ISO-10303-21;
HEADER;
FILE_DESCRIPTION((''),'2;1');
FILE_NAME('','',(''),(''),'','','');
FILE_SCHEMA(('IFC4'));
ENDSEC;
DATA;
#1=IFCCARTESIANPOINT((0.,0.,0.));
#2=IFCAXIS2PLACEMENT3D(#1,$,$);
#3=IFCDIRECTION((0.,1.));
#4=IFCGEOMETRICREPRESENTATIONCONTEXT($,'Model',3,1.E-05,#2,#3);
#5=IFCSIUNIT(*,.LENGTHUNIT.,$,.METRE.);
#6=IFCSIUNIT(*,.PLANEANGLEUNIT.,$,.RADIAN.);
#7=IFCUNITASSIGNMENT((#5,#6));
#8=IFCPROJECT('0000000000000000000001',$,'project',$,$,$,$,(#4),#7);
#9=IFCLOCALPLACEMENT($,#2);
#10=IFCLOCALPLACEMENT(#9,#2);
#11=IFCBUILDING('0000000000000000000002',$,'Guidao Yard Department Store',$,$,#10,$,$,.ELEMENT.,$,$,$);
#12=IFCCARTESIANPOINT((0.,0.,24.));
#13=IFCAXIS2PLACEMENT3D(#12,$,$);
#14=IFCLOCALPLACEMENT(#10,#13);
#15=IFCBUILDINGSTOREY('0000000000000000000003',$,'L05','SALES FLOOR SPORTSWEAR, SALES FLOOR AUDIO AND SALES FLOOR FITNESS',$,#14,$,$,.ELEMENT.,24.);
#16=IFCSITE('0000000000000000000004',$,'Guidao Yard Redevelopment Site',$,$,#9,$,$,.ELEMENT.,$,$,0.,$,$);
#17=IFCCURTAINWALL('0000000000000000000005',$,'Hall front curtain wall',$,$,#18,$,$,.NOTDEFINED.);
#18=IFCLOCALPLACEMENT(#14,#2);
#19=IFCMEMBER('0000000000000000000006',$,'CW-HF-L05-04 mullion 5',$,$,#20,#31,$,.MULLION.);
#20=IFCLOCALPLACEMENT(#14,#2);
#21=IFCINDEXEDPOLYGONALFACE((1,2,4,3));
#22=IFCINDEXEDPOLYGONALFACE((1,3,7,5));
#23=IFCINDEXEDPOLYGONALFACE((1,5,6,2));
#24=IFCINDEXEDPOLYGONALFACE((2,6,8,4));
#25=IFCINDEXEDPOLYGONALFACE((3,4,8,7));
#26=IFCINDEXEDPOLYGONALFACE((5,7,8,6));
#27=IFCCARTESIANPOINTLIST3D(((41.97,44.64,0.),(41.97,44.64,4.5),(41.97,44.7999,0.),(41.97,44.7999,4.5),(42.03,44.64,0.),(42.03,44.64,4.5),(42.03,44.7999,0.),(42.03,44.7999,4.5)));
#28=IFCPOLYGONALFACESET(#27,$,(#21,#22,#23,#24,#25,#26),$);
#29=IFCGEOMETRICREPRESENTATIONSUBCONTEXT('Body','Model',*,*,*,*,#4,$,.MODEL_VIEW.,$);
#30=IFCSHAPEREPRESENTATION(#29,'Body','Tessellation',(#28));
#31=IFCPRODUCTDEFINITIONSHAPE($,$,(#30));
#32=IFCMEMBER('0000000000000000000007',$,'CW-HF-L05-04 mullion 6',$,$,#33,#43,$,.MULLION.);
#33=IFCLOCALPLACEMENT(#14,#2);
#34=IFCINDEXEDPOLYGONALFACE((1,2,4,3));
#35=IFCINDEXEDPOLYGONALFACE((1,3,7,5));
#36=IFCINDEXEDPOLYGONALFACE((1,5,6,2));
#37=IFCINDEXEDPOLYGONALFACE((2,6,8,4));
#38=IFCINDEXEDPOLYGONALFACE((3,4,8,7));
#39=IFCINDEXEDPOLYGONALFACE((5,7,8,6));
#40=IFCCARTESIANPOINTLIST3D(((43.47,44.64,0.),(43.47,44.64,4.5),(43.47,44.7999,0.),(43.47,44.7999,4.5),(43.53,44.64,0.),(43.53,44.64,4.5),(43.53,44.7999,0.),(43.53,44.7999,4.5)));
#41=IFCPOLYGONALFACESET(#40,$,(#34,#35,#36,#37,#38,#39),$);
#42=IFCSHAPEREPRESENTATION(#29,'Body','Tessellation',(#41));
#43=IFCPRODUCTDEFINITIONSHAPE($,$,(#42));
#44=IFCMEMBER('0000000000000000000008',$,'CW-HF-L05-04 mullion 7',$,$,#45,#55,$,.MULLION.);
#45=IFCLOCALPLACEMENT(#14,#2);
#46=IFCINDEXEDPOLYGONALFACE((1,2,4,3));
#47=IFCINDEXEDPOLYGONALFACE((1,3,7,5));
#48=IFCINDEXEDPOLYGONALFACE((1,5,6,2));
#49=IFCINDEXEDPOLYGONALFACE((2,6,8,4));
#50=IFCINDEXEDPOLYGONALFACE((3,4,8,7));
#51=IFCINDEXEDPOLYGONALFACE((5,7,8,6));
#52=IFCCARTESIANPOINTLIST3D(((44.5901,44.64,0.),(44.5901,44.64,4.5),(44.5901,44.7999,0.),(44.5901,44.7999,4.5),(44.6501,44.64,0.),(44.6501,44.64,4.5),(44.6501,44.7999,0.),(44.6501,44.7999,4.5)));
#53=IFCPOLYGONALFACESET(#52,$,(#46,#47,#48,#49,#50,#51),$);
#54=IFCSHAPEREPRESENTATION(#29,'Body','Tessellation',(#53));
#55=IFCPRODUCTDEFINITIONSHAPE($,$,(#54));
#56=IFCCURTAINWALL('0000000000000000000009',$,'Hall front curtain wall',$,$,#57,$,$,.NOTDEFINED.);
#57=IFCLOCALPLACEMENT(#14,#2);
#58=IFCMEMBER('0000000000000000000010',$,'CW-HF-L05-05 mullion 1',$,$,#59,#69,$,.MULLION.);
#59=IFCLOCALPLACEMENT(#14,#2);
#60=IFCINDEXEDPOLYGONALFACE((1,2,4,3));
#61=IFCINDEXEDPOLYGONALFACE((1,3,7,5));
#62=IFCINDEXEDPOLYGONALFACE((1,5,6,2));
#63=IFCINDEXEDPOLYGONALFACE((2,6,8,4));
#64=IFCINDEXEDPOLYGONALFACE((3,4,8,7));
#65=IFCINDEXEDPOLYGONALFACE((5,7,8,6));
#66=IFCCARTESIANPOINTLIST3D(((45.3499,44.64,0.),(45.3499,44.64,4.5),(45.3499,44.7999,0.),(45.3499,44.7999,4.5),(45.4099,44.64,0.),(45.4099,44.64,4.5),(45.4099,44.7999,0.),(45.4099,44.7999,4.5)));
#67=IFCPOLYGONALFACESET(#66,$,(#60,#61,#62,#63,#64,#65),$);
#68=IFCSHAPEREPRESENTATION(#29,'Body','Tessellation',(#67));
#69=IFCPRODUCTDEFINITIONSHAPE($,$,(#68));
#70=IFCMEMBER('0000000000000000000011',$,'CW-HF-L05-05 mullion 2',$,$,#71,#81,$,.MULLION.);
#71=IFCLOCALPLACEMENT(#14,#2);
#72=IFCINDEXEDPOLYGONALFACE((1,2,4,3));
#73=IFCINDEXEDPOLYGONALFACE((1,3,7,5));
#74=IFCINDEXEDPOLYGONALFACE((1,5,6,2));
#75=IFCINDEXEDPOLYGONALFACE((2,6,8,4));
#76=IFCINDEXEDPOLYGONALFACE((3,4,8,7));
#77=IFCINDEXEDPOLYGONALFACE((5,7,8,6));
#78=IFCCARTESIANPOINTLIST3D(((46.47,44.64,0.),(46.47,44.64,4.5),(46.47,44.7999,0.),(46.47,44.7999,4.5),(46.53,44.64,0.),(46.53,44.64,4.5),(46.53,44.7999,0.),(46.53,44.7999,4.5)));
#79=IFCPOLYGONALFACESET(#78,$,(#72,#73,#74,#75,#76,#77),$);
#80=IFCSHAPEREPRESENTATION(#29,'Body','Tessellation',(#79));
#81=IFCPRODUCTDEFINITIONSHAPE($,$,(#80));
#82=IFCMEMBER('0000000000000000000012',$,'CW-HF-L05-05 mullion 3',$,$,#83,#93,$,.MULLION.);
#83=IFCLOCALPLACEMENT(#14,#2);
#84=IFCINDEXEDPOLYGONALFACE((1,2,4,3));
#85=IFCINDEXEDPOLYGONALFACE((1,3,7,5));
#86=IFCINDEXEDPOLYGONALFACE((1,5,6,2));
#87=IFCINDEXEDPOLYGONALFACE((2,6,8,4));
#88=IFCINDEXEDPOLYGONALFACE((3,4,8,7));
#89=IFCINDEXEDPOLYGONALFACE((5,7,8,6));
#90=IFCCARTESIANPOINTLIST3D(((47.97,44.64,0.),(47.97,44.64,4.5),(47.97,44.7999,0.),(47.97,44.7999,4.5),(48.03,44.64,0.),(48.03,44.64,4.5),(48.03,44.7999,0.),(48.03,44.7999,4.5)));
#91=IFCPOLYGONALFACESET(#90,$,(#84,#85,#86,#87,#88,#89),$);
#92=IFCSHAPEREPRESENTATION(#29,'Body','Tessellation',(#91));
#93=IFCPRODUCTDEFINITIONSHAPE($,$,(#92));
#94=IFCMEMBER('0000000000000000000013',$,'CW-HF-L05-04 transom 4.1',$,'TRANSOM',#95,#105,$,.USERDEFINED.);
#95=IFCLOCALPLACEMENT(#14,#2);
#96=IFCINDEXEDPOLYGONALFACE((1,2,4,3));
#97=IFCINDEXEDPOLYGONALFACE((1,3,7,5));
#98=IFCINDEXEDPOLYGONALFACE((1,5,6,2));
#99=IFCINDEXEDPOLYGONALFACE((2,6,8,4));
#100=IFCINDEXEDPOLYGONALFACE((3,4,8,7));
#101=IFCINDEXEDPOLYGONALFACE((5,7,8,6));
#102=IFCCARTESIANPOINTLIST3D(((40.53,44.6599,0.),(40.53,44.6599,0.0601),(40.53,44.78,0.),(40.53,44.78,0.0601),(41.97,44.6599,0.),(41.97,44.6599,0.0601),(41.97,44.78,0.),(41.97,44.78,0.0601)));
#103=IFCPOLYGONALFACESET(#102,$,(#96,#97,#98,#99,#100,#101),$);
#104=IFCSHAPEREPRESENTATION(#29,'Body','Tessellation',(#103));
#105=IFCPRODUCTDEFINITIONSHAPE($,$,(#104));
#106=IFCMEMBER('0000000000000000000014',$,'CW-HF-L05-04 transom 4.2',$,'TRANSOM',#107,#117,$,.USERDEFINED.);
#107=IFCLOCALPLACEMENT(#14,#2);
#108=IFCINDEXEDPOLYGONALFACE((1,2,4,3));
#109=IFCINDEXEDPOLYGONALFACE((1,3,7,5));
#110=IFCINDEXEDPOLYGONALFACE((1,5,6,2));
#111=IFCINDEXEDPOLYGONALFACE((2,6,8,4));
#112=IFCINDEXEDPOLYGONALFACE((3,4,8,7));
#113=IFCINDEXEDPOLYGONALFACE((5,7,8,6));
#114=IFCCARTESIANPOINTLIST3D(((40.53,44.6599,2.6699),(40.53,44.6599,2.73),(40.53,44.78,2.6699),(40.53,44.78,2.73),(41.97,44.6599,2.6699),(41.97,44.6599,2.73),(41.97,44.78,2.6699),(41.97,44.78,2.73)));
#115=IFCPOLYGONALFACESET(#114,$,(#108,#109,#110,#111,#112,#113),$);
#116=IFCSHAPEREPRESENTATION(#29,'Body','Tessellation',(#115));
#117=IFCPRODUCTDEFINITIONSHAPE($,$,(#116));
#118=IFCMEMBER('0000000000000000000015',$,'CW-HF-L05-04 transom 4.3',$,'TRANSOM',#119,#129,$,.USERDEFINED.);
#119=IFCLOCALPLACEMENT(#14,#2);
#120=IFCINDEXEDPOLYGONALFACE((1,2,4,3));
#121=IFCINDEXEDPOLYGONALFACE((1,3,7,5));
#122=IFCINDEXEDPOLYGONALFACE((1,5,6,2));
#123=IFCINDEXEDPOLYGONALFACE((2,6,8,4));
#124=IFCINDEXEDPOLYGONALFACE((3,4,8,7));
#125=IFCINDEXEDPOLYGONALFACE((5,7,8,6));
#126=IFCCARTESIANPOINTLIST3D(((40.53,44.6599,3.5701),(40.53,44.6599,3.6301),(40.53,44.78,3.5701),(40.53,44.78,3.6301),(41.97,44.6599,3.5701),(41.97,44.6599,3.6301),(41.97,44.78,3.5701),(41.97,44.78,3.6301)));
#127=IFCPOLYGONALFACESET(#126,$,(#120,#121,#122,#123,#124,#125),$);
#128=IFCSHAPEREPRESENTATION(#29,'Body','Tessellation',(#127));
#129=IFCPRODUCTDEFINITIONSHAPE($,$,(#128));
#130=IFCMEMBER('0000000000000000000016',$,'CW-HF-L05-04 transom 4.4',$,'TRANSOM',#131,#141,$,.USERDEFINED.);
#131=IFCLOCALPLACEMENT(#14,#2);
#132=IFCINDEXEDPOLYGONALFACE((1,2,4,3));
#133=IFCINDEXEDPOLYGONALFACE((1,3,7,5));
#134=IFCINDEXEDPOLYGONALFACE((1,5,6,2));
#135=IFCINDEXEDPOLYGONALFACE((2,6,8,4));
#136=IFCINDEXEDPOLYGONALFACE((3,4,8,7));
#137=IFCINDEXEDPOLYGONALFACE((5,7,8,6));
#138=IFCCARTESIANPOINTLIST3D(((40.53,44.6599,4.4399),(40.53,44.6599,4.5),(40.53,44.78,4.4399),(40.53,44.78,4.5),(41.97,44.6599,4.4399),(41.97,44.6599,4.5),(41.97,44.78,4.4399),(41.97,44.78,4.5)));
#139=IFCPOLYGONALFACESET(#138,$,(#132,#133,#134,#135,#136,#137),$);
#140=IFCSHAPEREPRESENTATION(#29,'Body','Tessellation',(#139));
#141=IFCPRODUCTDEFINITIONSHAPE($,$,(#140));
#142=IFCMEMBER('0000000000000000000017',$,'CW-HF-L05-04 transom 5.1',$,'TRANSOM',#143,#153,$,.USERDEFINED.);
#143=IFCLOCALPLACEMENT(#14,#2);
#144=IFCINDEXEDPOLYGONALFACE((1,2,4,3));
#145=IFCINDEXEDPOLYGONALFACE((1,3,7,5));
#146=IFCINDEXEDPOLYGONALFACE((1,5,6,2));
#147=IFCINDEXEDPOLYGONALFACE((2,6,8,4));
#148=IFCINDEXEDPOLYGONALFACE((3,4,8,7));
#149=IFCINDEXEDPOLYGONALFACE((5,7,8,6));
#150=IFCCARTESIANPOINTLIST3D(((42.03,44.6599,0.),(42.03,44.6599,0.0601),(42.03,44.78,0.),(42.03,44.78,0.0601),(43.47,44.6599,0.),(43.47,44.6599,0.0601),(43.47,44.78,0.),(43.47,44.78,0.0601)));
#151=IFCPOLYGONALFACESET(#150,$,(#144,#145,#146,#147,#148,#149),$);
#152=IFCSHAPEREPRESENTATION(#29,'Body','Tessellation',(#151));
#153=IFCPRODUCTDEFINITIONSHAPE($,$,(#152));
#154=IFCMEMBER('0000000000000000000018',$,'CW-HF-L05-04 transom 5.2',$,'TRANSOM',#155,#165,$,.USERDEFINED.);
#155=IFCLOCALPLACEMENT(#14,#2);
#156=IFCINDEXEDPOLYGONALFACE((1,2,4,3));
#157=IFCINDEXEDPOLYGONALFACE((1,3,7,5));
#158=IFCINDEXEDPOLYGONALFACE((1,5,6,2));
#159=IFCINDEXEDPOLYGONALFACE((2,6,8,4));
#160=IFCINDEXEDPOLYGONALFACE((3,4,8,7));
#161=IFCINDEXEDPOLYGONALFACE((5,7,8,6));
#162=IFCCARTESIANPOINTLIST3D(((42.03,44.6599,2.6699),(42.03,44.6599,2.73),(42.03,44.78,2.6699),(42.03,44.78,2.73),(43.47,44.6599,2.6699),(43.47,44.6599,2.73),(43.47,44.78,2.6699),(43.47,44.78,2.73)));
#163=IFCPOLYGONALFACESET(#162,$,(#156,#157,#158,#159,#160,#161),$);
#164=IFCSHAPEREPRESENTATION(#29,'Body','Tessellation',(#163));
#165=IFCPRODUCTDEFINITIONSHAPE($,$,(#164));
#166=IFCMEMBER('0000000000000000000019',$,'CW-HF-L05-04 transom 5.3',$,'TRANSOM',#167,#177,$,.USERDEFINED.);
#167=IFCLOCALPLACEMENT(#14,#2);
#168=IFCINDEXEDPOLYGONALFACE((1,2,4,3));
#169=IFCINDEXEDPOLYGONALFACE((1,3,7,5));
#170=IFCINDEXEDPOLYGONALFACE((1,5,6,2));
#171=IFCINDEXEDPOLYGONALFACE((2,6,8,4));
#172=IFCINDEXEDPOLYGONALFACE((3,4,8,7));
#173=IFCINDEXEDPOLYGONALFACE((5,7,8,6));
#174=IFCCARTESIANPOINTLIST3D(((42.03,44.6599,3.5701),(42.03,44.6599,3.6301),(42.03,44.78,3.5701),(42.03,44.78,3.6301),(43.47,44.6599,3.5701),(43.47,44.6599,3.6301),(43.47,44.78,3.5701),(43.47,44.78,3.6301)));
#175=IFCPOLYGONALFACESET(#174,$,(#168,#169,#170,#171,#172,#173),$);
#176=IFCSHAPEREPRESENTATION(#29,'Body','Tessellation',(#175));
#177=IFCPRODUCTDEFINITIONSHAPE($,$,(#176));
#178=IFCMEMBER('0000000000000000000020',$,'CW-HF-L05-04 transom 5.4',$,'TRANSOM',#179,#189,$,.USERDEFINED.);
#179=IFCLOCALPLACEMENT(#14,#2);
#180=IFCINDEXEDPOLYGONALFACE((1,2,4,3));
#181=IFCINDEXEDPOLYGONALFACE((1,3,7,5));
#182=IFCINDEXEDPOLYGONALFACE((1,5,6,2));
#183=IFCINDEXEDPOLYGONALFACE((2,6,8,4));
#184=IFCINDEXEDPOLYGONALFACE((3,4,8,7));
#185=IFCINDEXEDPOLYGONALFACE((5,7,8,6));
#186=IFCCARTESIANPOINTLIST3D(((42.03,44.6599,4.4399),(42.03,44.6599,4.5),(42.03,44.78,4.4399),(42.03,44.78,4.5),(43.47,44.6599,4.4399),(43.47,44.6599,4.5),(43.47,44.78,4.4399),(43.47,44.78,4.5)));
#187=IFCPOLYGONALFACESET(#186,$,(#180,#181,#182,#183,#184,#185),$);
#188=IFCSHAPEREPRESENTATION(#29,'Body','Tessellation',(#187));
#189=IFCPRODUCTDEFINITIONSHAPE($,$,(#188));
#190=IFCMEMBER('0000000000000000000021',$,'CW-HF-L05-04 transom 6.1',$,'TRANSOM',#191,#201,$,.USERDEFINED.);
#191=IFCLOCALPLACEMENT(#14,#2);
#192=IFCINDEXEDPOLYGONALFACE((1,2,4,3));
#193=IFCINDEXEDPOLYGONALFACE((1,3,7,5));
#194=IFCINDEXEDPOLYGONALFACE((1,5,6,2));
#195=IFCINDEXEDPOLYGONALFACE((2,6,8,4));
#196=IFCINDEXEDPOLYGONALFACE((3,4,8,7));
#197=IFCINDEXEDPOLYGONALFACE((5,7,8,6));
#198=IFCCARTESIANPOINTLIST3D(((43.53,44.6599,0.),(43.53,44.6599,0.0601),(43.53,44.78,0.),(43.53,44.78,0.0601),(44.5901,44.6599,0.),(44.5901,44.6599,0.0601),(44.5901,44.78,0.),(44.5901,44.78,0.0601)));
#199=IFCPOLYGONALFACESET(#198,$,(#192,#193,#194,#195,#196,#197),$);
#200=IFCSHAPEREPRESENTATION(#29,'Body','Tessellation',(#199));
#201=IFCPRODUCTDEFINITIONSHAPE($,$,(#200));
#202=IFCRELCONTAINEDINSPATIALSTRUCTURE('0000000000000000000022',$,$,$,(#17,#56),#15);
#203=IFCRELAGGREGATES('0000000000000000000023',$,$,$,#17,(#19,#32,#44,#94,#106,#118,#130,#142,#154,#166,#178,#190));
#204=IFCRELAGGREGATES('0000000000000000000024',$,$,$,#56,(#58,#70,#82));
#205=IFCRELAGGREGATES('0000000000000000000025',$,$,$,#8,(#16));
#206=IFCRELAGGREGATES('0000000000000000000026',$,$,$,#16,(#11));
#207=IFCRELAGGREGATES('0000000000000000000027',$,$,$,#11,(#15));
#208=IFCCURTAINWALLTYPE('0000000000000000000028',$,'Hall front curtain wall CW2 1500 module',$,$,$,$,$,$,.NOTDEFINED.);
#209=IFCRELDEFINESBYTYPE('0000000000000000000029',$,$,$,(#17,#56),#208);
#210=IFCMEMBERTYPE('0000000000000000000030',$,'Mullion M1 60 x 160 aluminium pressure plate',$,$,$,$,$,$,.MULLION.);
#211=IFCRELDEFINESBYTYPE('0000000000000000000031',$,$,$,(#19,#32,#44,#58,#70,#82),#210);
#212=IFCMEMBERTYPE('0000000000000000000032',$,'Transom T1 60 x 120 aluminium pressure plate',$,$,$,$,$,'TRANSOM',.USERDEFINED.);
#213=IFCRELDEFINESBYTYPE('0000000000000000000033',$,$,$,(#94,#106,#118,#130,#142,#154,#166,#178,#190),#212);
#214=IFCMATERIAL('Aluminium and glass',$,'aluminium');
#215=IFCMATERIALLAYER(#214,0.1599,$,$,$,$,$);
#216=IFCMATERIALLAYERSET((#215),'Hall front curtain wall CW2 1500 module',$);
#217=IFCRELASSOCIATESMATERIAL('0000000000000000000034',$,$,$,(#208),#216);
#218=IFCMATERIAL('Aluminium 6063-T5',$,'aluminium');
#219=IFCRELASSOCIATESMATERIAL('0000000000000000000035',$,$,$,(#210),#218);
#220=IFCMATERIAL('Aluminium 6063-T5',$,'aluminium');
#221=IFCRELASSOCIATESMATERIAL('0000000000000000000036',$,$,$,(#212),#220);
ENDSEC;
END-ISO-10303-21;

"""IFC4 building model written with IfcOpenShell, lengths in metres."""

from ifc_helpers import new_model, si_unit, direction, frame, origin, origin_2d, place, context, subcontext, project, spatial, rectangle, extrude, material, layer, layer_set, material_profile, profile_set, type_object, element, aggregate, save


model = new_model("IFC4")

# Units and contexts
model_context = context("Model", 3, precision=1e-05, world=origin(), true_north=direction((0.0, 1.0)))
body_context = subcontext(model_context, "Body", "Model", "MODEL_VIEW")
ifc_project = project(units=[si_unit("LENGTHUNIT", "METRE"), si_unit("PLANEANGLEUNIT", "RADIAN")], contexts=[model_context])

# Site, building, storey
site_placement = place(None, origin())
site = spatial("IfcSite", under=ifc_project, at=site_placement, Name="Guidao Yard Redevelopment Site", CompositionType="ELEMENT", RefElevation=0.0)
building_placement = place(site_placement, origin())
building = spatial("IfcBuilding", under=site, at=building_placement, Name="Guidao Yard Department Store", CompositionType="ELEMENT")
storey_placement = place(building_placement, frame((0.0, 0.0, 24.0)))
storey = spatial("IfcBuildingStorey", under=building, at=storey_placement, Name="L05", Description="SALES FLOOR SPORTSWEAR, SALES FLOOR AUDIO AND SALES FLOOR FITNESS", CompositionType="ELEMENT", Elevation=24.0)

# Curtain walls, members
ifc_material_1 = material(Name="Aluminium and glass", Category="aluminium")
ifc_layer_1 = layer(ifc_material_1, 0.1599)
ifc_layer_set_1 = layer_set([ifc_layer_1], Name="Hall front curtain wall CW2 1500 module")
curtain_wall_type = type_object("IfcCurtainWallType", Name="Hall front curtain wall CW2 1500 module", PredefinedType="NOTDEFINED", material=ifc_layer_set_1)
curtain_wall_1_placement = place(storey_placement, origin())
curtain_wall_1 = element("IfcCurtainWall", 1, at=curtain_wall_1_placement, inside=storey, type_object=curtain_wall_type, Name="Hall front curtain wall", PredefinedType="NOTDEFINED")
ifc_material_2 = material(Name="Aluminium 6063-T5", Category="aluminium")
ifc_material_profile_1 = material_profile(ifc_material_2, rectangle(XDim=0.0601, YDim=0.1599, at=origin_2d()), Name="Mullion M1 60 x 160 aluminium pressure plate")
ifc_profile_set_1 = profile_set([ifc_material_profile_1], Name="Aluminium 6063-T5")
member_type_1 = type_object("IfcMemberType", Name="Mullion M1 60 x 160 aluminium pressure plate", PredefinedType="MULLION", material=ifc_profile_set_1)
member_1_placement = place(storey_placement, frame((42.0, 44.72, 0.0), z_axis=(0.0, 0.0, 1.0), x_axis=(-1.0, 0.0, 0.0)))
member_1 = element("IfcMember", 2, at=member_1_placement, type_object=member_type_1, Name="CW-HF-L05-04 mullion 5", PredefinedType="MULLION", context=body_context, shape_type="SweptSolid", body=[
    extrude(rectangle(XDim=0.0601, YDim=0.1599, at=origin_2d()), origin(), (0.0, 0.0, 1.0), 4.5),
])
member_2_placement = place(storey_placement, frame((43.5, 44.72, 0.0), z_axis=(0.0, 0.0, 1.0), x_axis=(-1.0, 0.0, 0.0)))
member_2 = element("IfcMember", 3, at=member_2_placement, type_object=member_type_1, Name="CW-HF-L05-04 mullion 6", PredefinedType="MULLION", context=body_context, shape_type="SweptSolid", body=[
    extrude(rectangle(XDim=0.0601, YDim=0.1599, at=origin_2d()), origin(), (0.0, 0.0, 1.0), 4.5),
])
member_3_placement = place(storey_placement, frame((44.6201, 44.72, 0.0), z_axis=(0.0, 0.0, 1.0), x_axis=(-1.0, 0.0, 0.0)))
member_3 = element("IfcMember", 4, at=member_3_placement, type_object=member_type_1, Name="CW-HF-L05-04 mullion 7", PredefinedType="MULLION", context=body_context, shape_type="SweptSolid", body=[
    extrude(rectangle(XDim=0.0601, YDim=0.1599, at=origin_2d()), origin(), (0.0, 0.0, 1.0), 4.5),
])
curtain_wall_2_placement = place(storey_placement, origin())
curtain_wall_2 = element("IfcCurtainWall", 5, at=curtain_wall_2_placement, inside=storey, type_object=curtain_wall_type, Name="Hall front curtain wall", PredefinedType="NOTDEFINED")
member_4_placement = place(storey_placement, frame((45.3799, 44.72, 0.0), z_axis=(0.0, 0.0, 1.0), x_axis=(-1.0, 0.0, 0.0)))
member_4 = element("IfcMember", 6, at=member_4_placement, type_object=member_type_1, Name="CW-HF-L05-05 mullion 1", PredefinedType="MULLION", context=body_context, shape_type="SweptSolid", body=[
    extrude(rectangle(XDim=0.0601, YDim=0.1599, at=origin_2d()), origin(), (0.0, 0.0, 1.0), 4.5),
])
member_5_placement = place(storey_placement, frame((46.5, 44.72, 0.0), z_axis=(0.0, 0.0, 1.0), x_axis=(-1.0, 0.0, 0.0)))
member_5 = element("IfcMember", 7, at=member_5_placement, type_object=member_type_1, Name="CW-HF-L05-05 mullion 2", PredefinedType="MULLION", context=body_context, shape_type="SweptSolid", body=[
    extrude(rectangle(XDim=0.0601, YDim=0.1599, at=origin_2d()), origin(), (0.0, 0.0, 1.0), 4.5),
])
member_6_placement = place(storey_placement, frame((48.0, 44.72, 0.0), z_axis=(0.0, 0.0, 1.0), x_axis=(-1.0, 0.0, 0.0)))
member_6 = element("IfcMember", 8, at=member_6_placement, type_object=member_type_1, Name="CW-HF-L05-05 mullion 3", PredefinedType="MULLION", context=body_context, shape_type="SweptSolid", body=[
    extrude(rectangle(XDim=0.0601, YDim=0.1599, at=origin_2d()), origin(), (0.0, 0.0, 1.0), 4.5),
])

# Members
ifc_material_3 = material(Name="Aluminium 6063-T5", Category="aluminium")
ifc_material_profile_2 = material_profile(ifc_material_3, rectangle(XDim=0.1201, YDim=0.0601, at=origin_2d()), Name="Transom T1 60 x 120 aluminium pressure plate")
ifc_profile_set_2 = profile_set([ifc_material_profile_2], Name="Aluminium 6063-T5")
member_type_2 = type_object("IfcMemberType", Name="Transom T1 60 x 120 aluminium pressure plate", ElementType="TRANSOM", PredefinedType="USERDEFINED", material=ifc_profile_set_2)
member_7_placement = place(storey_placement, frame((41.97, 44.72, 0.03), z_axis=(-1.0, 0.0, 0.0), x_axis=(0.0, -1.0, 0.0)))
member_7 = element("IfcMember", 9, at=member_7_placement, type_object=member_type_2, Name="CW-HF-L05-04 transom 4.1", ObjectType="TRANSOM", PredefinedType="USERDEFINED", context=body_context, shape_type="SweptSolid", body=[
    extrude(rectangle(XDim=0.1201, YDim=0.0601, at=origin_2d()), origin(), (0.0, 0.0, 1.0), 1.4399),
])
member_8_placement = place(storey_placement, frame((41.97, 44.72, 2.7), z_axis=(-1.0, 0.0, 0.0), x_axis=(0.0, -1.0, 0.0)))
member_8 = element("IfcMember", 10, at=member_8_placement, type_object=member_type_2, Name="CW-HF-L05-04 transom 4.2", ObjectType="TRANSOM", PredefinedType="USERDEFINED", context=body_context, shape_type="SweptSolid", body=[
    extrude(rectangle(XDim=0.1201, YDim=0.0601, at=origin_2d()), origin(), (0.0, 0.0, 1.0), 1.4399),
])
member_9_placement = place(storey_placement, frame((41.97, 44.72, 3.6001), z_axis=(-1.0, 0.0, 0.0), x_axis=(0.0, -1.0, 0.0)))
member_9 = element("IfcMember", 11, at=member_9_placement, type_object=member_type_2, Name="CW-HF-L05-04 transom 4.3", ObjectType="TRANSOM", PredefinedType="USERDEFINED", context=body_context, shape_type="SweptSolid", body=[
    extrude(rectangle(XDim=0.1201, YDim=0.0601, at=origin_2d()), origin(), (0.0, 0.0, 1.0), 1.4399),
])
member_10_placement = place(storey_placement, frame((41.97, 44.72, 4.47), z_axis=(-1.0, 0.0, 0.0), x_axis=(0.0, -1.0, 0.0)))
member_10 = element("IfcMember", 12, at=member_10_placement, type_object=member_type_2, Name="CW-HF-L05-04 transom 4.4", ObjectType="TRANSOM", PredefinedType="USERDEFINED", context=body_context, shape_type="SweptSolid", body=[
    extrude(rectangle(XDim=0.1201, YDim=0.0601, at=origin_2d()), origin(), (0.0, 0.0, 1.0), 1.4399),
])
member_11_placement = place(storey_placement, frame((43.47, 44.72, 0.03), z_axis=(-1.0, 0.0, 0.0), x_axis=(0.0, -1.0, 0.0)))
member_11 = element("IfcMember", 13, at=member_11_placement, type_object=member_type_2, Name="CW-HF-L05-04 transom 5.1", ObjectType="TRANSOM", PredefinedType="USERDEFINED", context=body_context, shape_type="SweptSolid", body=[
    extrude(rectangle(XDim=0.1201, YDim=0.0601, at=origin_2d()), origin(), (0.0, 0.0, 1.0), 1.4399),
])
member_12_placement = place(storey_placement, frame((43.47, 44.72, 2.7), z_axis=(-1.0, 0.0, 0.0), x_axis=(0.0, -1.0, 0.0)))
member_12 = element("IfcMember", 14, at=member_12_placement, type_object=member_type_2, Name="CW-HF-L05-04 transom 5.2", ObjectType="TRANSOM", PredefinedType="USERDEFINED", context=body_context, shape_type="SweptSolid", body=[
    extrude(rectangle(XDim=0.1201, YDim=0.0601, at=origin_2d()), origin(), (0.0, 0.0, 1.0), 1.4399),
])
member_13_placement = place(storey_placement, frame((43.47, 44.72, 3.6001), z_axis=(-1.0, 0.0, 0.0), x_axis=(0.0, -1.0, 0.0)))
member_13 = element("IfcMember", 15, at=member_13_placement, type_object=member_type_2, Name="CW-HF-L05-04 transom 5.3", ObjectType="TRANSOM", PredefinedType="USERDEFINED", context=body_context, shape_type="SweptSolid", body=[
    extrude(rectangle(XDim=0.1201, YDim=0.0601, at=origin_2d()), origin(), (0.0, 0.0, 1.0), 1.4399),
])
member_14_placement = place(storey_placement, frame((43.47, 44.72, 4.47), z_axis=(-1.0, 0.0, 0.0), x_axis=(0.0, -1.0, 0.0)))
member_14 = element("IfcMember", 16, at=member_14_placement, type_object=member_type_2, Name="CW-HF-L05-04 transom 5.4", ObjectType="TRANSOM", PredefinedType="USERDEFINED", context=body_context, shape_type="SweptSolid", body=[
    extrude(rectangle(XDim=0.1201, YDim=0.0601, at=origin_2d()), origin(), (0.0, 0.0, 1.0), 1.4399),
])
member_15_placement = place(storey_placement, frame((44.5901, 44.72, 0.03), z_axis=(-1.0, 0.0, 0.0), x_axis=(0.0, -1.0, 0.0)))
member_15 = element("IfcMember", 17, at=member_15_placement, type_object=member_type_2, Name="CW-HF-L05-04 transom 6.1", ObjectType="TRANSOM", PredefinedType="USERDEFINED", context=body_context, shape_type="SweptSolid", body=[
    extrude(rectangle(XDim=0.1201, YDim=0.0601, at=origin_2d()), origin(), (0.0, 0.0, 1.0), 1.0601),
])

aggregate(curtain_wall_1, [member_1, member_2, member_3, member_7, member_8, member_9, member_10, member_11, member_12, member_13, member_14, member_15])
aggregate(curtain_wall_2, [member_4, member_5, member_6])

save(model, "model.ifc")
